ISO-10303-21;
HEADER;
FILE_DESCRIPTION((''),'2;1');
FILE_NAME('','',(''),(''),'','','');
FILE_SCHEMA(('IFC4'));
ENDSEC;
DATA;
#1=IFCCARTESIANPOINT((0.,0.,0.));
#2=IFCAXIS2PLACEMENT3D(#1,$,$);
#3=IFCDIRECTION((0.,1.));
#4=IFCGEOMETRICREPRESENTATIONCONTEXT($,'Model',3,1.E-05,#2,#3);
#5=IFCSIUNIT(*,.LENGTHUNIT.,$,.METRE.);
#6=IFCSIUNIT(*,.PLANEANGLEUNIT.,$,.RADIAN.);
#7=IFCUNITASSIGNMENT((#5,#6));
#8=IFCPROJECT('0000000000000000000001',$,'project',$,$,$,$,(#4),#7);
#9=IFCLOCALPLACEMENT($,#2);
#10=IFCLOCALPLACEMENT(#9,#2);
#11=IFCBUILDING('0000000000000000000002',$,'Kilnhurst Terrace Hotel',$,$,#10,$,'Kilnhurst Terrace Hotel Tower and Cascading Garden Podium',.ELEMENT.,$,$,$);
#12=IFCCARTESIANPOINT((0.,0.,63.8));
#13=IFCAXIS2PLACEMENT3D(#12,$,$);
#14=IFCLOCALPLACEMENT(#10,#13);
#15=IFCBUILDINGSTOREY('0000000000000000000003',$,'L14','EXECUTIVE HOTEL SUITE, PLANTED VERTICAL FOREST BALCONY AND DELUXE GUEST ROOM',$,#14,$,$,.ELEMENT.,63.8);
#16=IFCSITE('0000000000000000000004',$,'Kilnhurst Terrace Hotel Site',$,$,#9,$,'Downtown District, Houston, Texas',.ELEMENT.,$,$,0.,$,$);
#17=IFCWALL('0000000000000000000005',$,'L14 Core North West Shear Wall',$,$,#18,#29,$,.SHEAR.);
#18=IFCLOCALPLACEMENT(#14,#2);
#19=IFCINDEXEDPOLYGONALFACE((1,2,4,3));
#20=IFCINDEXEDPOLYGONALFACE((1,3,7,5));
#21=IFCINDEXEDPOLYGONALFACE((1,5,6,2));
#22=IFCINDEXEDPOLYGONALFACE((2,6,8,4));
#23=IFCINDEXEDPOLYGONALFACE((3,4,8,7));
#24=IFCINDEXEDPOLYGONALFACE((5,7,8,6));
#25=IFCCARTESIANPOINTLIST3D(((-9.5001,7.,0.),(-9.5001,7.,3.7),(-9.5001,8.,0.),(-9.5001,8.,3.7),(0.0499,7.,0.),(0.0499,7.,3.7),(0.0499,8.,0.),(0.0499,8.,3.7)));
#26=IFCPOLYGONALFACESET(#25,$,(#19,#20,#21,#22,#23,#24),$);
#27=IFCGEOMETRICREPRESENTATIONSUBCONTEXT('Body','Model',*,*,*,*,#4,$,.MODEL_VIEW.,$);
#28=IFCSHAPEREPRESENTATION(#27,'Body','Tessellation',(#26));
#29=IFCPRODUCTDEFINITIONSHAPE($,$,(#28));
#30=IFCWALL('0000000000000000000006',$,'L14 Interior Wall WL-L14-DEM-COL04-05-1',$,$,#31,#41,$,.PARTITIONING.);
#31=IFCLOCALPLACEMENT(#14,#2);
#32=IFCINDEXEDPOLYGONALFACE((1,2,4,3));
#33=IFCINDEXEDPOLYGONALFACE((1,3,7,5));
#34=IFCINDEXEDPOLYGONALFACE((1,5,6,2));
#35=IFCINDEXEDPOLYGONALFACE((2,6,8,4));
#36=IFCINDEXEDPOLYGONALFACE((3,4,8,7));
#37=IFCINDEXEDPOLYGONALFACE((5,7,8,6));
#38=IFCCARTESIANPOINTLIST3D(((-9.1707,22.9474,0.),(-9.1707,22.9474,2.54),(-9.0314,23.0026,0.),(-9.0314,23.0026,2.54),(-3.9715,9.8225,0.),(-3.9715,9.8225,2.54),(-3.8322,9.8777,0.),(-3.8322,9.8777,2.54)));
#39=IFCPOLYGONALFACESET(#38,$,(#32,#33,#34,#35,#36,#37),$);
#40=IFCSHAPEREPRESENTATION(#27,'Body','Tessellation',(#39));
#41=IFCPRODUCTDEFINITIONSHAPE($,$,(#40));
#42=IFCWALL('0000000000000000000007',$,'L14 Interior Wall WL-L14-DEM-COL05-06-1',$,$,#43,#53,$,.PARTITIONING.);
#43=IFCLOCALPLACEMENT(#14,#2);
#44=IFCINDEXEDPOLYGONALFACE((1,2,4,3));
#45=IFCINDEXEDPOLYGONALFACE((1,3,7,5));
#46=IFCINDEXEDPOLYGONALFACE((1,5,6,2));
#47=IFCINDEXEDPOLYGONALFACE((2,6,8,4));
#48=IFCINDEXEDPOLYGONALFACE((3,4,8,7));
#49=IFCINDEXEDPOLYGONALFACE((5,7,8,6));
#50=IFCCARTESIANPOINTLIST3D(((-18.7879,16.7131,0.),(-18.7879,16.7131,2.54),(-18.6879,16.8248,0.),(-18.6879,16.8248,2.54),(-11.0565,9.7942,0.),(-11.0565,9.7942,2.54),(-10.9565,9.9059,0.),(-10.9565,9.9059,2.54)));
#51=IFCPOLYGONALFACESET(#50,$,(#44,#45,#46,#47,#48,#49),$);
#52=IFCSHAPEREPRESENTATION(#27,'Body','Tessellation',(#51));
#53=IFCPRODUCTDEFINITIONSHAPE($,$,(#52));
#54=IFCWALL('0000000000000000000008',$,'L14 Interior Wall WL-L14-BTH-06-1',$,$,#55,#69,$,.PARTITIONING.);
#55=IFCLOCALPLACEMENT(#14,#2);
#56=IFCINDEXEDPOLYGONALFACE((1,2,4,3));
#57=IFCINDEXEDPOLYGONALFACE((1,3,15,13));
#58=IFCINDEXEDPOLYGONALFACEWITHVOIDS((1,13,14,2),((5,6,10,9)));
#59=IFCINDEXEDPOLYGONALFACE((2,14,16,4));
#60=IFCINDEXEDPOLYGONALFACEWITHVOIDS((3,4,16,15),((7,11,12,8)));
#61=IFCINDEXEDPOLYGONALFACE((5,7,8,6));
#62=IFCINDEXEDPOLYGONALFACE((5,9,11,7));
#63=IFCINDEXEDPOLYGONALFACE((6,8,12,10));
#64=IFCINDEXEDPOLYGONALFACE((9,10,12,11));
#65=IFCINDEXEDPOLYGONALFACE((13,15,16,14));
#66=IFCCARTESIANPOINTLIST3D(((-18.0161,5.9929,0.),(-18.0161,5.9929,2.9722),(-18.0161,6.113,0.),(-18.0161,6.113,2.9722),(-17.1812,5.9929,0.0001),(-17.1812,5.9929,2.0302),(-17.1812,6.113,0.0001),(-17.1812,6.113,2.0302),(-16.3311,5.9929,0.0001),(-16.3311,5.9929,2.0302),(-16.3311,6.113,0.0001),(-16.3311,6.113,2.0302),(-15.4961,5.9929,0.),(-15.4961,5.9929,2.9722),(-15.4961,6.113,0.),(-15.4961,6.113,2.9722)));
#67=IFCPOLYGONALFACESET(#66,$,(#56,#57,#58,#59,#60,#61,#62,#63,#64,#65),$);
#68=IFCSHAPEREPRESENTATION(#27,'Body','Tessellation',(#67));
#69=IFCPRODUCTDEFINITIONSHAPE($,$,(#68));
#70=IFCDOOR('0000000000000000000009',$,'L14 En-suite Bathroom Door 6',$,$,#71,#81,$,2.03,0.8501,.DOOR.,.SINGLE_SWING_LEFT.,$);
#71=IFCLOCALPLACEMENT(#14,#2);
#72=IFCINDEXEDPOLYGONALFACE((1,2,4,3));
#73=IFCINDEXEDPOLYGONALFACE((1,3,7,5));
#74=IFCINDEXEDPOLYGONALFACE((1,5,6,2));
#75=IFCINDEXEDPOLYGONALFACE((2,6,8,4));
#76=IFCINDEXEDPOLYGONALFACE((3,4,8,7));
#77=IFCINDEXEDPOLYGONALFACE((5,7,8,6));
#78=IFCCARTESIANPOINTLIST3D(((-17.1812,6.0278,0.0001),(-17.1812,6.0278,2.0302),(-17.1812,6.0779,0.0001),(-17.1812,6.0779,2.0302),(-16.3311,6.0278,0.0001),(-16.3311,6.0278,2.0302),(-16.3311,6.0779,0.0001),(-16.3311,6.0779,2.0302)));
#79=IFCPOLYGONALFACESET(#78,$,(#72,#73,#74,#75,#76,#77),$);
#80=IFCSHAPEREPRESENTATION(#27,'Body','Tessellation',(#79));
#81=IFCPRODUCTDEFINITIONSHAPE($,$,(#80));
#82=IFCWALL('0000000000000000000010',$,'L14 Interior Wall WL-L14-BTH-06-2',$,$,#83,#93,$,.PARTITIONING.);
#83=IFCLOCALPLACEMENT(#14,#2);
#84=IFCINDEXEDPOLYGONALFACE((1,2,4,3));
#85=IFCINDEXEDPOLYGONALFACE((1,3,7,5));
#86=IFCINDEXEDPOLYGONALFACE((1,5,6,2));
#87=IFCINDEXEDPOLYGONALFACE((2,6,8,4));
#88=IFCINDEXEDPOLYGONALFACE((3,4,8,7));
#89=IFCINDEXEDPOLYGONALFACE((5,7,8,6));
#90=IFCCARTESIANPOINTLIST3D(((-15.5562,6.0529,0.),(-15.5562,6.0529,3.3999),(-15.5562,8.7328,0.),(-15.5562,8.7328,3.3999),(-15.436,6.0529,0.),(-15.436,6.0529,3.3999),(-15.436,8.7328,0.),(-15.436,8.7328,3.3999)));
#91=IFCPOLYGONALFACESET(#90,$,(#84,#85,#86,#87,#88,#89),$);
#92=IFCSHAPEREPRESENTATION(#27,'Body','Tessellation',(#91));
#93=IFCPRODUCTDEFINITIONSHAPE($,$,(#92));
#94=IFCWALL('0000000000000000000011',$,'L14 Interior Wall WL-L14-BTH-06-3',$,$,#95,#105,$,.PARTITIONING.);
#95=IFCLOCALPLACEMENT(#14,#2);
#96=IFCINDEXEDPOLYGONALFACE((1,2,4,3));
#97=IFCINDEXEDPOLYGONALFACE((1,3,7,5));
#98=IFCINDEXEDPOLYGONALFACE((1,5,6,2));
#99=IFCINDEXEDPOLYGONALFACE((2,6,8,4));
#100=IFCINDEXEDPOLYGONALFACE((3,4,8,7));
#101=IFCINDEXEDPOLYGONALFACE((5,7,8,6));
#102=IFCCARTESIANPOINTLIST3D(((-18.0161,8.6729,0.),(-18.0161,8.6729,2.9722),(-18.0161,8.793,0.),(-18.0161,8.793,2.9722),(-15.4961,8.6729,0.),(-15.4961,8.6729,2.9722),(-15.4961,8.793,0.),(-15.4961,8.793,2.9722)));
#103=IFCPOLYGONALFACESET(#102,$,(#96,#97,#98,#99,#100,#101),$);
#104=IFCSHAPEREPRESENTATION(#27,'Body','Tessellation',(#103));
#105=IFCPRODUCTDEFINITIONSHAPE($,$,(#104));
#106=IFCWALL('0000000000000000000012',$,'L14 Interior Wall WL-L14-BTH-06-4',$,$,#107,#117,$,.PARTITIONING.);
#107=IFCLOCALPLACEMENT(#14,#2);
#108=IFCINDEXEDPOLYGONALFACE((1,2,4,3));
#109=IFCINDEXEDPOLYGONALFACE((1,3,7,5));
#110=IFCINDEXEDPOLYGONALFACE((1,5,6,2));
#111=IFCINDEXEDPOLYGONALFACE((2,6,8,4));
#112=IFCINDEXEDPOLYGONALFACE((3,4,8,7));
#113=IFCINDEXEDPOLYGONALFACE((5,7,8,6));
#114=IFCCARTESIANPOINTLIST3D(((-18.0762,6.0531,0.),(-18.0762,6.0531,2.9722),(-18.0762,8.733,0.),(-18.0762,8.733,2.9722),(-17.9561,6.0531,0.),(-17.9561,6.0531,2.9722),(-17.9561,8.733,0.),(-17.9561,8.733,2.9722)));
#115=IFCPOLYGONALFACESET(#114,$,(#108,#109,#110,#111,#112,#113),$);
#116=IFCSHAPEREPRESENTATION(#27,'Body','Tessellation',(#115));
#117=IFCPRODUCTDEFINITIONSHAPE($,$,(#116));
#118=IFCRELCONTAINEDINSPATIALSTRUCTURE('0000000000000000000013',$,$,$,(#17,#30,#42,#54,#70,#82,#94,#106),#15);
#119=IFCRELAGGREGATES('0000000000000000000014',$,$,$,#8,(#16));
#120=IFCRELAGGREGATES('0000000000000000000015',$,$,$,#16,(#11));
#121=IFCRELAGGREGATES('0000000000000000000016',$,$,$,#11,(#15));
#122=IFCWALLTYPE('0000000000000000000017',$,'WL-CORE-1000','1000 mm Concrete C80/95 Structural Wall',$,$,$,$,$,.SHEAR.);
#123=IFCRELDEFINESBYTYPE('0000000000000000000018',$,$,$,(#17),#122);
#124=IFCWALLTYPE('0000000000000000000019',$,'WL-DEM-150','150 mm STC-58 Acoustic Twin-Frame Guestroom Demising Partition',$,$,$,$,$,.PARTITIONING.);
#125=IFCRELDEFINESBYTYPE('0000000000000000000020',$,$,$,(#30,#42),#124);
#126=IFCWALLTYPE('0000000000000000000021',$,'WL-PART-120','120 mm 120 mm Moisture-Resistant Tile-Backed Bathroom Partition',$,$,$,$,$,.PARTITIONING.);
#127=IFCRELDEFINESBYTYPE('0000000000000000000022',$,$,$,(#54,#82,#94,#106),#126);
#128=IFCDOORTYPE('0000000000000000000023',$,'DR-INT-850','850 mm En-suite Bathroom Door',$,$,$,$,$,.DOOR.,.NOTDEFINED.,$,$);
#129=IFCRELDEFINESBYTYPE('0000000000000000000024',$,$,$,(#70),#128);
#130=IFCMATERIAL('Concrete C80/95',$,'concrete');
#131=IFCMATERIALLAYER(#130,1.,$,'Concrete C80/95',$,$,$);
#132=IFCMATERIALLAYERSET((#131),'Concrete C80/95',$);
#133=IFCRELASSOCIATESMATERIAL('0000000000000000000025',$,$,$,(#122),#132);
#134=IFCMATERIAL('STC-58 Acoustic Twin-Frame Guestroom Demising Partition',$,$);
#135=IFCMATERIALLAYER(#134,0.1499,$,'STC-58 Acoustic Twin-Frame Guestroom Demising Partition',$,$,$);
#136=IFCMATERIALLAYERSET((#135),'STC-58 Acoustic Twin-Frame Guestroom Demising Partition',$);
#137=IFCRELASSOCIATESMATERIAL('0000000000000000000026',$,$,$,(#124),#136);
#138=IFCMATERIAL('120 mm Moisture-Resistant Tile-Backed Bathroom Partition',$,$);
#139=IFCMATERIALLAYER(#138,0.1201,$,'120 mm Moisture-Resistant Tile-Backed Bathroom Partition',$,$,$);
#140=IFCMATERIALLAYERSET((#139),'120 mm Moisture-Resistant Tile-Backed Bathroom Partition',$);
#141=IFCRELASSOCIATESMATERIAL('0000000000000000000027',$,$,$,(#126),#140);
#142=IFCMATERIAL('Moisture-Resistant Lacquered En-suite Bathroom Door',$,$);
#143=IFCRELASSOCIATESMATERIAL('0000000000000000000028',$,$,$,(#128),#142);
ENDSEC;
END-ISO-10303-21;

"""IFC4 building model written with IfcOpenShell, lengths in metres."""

from ifc_helpers import new_model, si_unit, direction, frame, frame_2d, origin, place, context, subcontext, project, spatial, rectangle, extrude, material, layer, layer_set, type_object, element, fill, save


model = new_model("IFC4")

# Units and contexts
model_context = context("Model", 3, precision=1e-05, world=origin(), true_north=direction((0.0, 1.0)))
body_context = subcontext(model_context, "Body", "Model", "MODEL_VIEW")
ifc_project = project(units=[si_unit("LENGTHUNIT", "METRE"), si_unit("PLANEANGLEUNIT", "RADIAN")], contexts=[model_context])

# Site, building, storey
site_placement = place(None, origin())
site = spatial("IfcSite", under=ifc_project, at=site_placement, Name="Kilnhurst Terrace Hotel Site", LongName="Downtown District, Houston, Texas", CompositionType="ELEMENT", RefElevation=0.0)
building_placement = place(site_placement, origin())
building = spatial("IfcBuilding", under=site, at=building_placement, Name="Kilnhurst Terrace Hotel", LongName="Kilnhurst Terrace Hotel Tower and Cascading Garden Podium", CompositionType="ELEMENT")
storey_placement = place(building_placement, frame((0.0, 0.0, 63.8)))
storey = spatial("IfcBuildingStorey", under=building, at=storey_placement, Name="L14", Description="EXECUTIVE HOTEL SUITE, PLANTED VERTICAL FOREST BALCONY AND DELUXE GUEST ROOM", CompositionType="ELEMENT", Elevation=63.8)

# Walls
ifc_material_1 = material(Name="Concrete C80/95", Category="concrete")
ifc_layer_1 = layer(ifc_material_1, 1.0, Name="Concrete C80/95")
ifc_layer_set_1 = layer_set([ifc_layer_1], Name="Concrete C80/95")
wall_type_1 = type_object("IfcWallType", Name="WL-CORE-1000", Description="1000 mm Concrete C80/95 Structural Wall", PredefinedType="SHEAR", material=ifc_layer_set_1)
wall_1_placement = place(storey_placement, frame((-9.5, 7.5, 0.0), z_axis=(0.0, 0.0, 1.0), x_axis=(1.0, 0.0, 0.0)))
element("IfcWall", 1, at=wall_1_placement, inside=storey, type_object=wall_type_1, Name="L14 Core North West Shear Wall", PredefinedType="SHEAR", context=body_context, shape_type="SweptSolid", body=[
    extrude(rectangle(XDim=9.55, YDim=1.0, at=frame_2d((4.7749, 0.0))), origin(), (0.0, 0.0, 1.0), 3.7),
])
ifc_material_2 = material(Name="STC-58 Acoustic Twin-Frame Guestroom Demising Partition")
ifc_layer_2 = layer(ifc_material_2, 0.1499, Name="STC-58 Acoustic Twin-Frame Guestroom Demising Partition")
ifc_layer_set_2 = layer_set([ifc_layer_2], Name="STC-58 Acoustic Twin-Frame Guestroom Demising Partition")
wall_type_2 = type_object("IfcWallType", Name="WL-DEM-150", Description="150 mm STC-58 Acoustic Twin-Frame Guestroom Demising Partition", PredefinedType="PARTITIONING", material=ifc_layer_set_2)
wall_2_placement = place(storey_placement, frame((-3.9019, 9.8501, 0.0), z_axis=(0.0, 0.0, 1.0), x_axis=(-0.368288, 0.929712, 0.0)))
element("IfcWall", 2, at=wall_2_placement, inside=storey, type_object=wall_type_2, Name="L14 Interior Wall WL-L14-DEM-COL04-05-1", PredefinedType="PARTITIONING", context=body_context, shape_type="SweptSolid", body=[
    extrude(rectangle(XDim=14.1172, YDim=0.1499, at=frame_2d((7.0586, 0.0))), origin(), (0.0, 0.0, 1.0), 2.54),
])
wall_3_placement = place(storey_placement, frame((-11.0066, 9.8501, 0.0), z_axis=(0.0, 0.0, 1.0), x_axis=(-0.745177, 0.666866, 0.0)))
element("IfcWall", 3, at=wall_3_placement, inside=storey, type_object=wall_type_2, Name="L14 Interior Wall WL-L14-DEM-COL05-06-1", PredefinedType="PARTITIONING", context=body_context, shape_type="SweptSolid", body=[
    extrude(rectangle(XDim=10.3752, YDim=0.1499, at=frame_2d((5.1875, 0.0))), origin(), (0.0, 0.0, 1.0), 2.54),
])

# Wall, opening, door
ifc_material_3 = material(Name="120 mm Moisture-Resistant Tile-Backed Bathroom Partition")
ifc_layer_3 = layer(ifc_material_3, 0.1201, Name="120 mm Moisture-Resistant Tile-Backed Bathroom Partition")
ifc_layer_set_3 = layer_set([ifc_layer_3], Name="120 mm Moisture-Resistant Tile-Backed Bathroom Partition")
wall_type_3 = type_object("IfcWallType", Name="WL-PART-120", Description="120 mm 120 mm Moisture-Resistant Tile-Backed Bathroom Partition", PredefinedType="PARTITIONING", material=ifc_layer_set_3)
wall_4_placement = place(storey_placement, frame((-18.0161, 6.053, 0.0), z_axis=(0.0, 0.0, 1.0), x_axis=(1.0, 0.0, 0.0)))
wall_4 = element("IfcWall", 4, at=wall_4_placement, inside=storey, type_object=wall_type_3, Name="L14 Interior Wall WL-L14-BTH-06-1", PredefinedType="PARTITIONING", context=body_context, shape_type="SweptSolid", body=[
    extrude(rectangle(XDim=2.52, YDim=0.1201, at=frame_2d((1.26, 0.0))), origin(), (0.0, 0.0, 1.0), 2.9722),
])
opening_1_placement = place(wall_4_placement, frame((0.835, 0.0, 0.0)))
opening_1 = element("IfcOpeningElement", 5, at=opening_1_placement, cuts=wall_4, PredefinedType="OPENING", context=body_context, shape_type="SweptSolid", body=[
    extrude(rectangle(XDim=0.8501, YDim=2.03, at=frame_2d((0.425, 1.0151))), frame((0.0, 0.0701, 0.0), z_axis=(0.0, -1.0, 0.0), x_axis=(1.0, 0.0, 0.0)), (0.0, 0.0, 1.0), 0.1401),
])
ifc_material_4 = material(Name="Moisture-Resistant Lacquered En-suite Bathroom Door")
door_type_1 = type_object("IfcDoorType", Name="DR-INT-850", Description="850 mm En-suite Bathroom Door", OperationType="NOTDEFINED", PredefinedType="DOOR", material=ifc_material_4)
door_1_placement = place(opening_1_placement, origin())
door_1 = element("IfcDoor", 6, at=door_1_placement, inside=storey, type_object=door_type_1, Name="L14 En-suite Bathroom Door 6", OperationType="SINGLE_SWING_LEFT", OverallHeight=2.03, OverallWidth=0.8501, PredefinedType="DOOR", context=body_context, shape_type="SweptSolid", body=[
    extrude(rectangle(XDim=0.8501, YDim=2.03, at=frame_2d((0.425, 1.0151))), frame((0.0, 0.0249, 0.0), z_axis=(0.0, -1.0, 0.0), x_axis=(1.0, 0.0, 0.0)), (0.0, 0.0, 1.0), 0.05),
])
fill(opening_1, door_1)

# Walls
wall_5_placement = place(storey_placement, frame((-15.4961, 6.053, 0.0), z_axis=(0.0, 0.0, 1.0), x_axis=(0.0, 1.0, 0.0)))
element("IfcWall", 7, at=wall_5_placement, inside=storey, type_object=wall_type_3, Name="L14 Interior Wall WL-L14-BTH-06-2", PredefinedType="PARTITIONING", context=body_context, shape_type="SweptSolid", body=[
    extrude(rectangle(XDim=2.6799, YDim=0.1201, at=frame_2d((1.3398, 0.0))), origin(), (0.0, 0.0, 1.0), 3.3999),
])
wall_6_placement = place(storey_placement, frame((-15.4961, 8.7329, 0.0), z_axis=(0.0, 0.0, 1.0), x_axis=(-1.0, 0.0, 0.0)))
element("IfcWall", 8, at=wall_6_placement, inside=storey, type_object=wall_type_3, Name="L14 Interior Wall WL-L14-BTH-06-3", PredefinedType="PARTITIONING", context=body_context, shape_type="SweptSolid", body=[
    extrude(rectangle(XDim=2.52, YDim=0.1201, at=frame_2d((1.26, 0.0))), origin(), (0.0, 0.0, 1.0), 2.9722),
])
wall_7_placement = place(storey_placement, frame((-18.0161, 8.7329, 0.0), z_axis=(0.0, 0.0, 1.0), x_axis=(0.0, -1.0, 0.0)))
element("IfcWall", 9, at=wall_7_placement, inside=storey, type_object=wall_type_3, Name="L14 Interior Wall WL-L14-BTH-06-4", PredefinedType="PARTITIONING", context=body_context, shape_type="SweptSolid", body=[
    extrude(rectangle(XDim=2.6799, YDim=0.1201, at=frame_2d((1.3398, 0.0))), origin(), (0.0, 0.0, 1.0), 2.9722),
])

save(model, "model.ifc")
